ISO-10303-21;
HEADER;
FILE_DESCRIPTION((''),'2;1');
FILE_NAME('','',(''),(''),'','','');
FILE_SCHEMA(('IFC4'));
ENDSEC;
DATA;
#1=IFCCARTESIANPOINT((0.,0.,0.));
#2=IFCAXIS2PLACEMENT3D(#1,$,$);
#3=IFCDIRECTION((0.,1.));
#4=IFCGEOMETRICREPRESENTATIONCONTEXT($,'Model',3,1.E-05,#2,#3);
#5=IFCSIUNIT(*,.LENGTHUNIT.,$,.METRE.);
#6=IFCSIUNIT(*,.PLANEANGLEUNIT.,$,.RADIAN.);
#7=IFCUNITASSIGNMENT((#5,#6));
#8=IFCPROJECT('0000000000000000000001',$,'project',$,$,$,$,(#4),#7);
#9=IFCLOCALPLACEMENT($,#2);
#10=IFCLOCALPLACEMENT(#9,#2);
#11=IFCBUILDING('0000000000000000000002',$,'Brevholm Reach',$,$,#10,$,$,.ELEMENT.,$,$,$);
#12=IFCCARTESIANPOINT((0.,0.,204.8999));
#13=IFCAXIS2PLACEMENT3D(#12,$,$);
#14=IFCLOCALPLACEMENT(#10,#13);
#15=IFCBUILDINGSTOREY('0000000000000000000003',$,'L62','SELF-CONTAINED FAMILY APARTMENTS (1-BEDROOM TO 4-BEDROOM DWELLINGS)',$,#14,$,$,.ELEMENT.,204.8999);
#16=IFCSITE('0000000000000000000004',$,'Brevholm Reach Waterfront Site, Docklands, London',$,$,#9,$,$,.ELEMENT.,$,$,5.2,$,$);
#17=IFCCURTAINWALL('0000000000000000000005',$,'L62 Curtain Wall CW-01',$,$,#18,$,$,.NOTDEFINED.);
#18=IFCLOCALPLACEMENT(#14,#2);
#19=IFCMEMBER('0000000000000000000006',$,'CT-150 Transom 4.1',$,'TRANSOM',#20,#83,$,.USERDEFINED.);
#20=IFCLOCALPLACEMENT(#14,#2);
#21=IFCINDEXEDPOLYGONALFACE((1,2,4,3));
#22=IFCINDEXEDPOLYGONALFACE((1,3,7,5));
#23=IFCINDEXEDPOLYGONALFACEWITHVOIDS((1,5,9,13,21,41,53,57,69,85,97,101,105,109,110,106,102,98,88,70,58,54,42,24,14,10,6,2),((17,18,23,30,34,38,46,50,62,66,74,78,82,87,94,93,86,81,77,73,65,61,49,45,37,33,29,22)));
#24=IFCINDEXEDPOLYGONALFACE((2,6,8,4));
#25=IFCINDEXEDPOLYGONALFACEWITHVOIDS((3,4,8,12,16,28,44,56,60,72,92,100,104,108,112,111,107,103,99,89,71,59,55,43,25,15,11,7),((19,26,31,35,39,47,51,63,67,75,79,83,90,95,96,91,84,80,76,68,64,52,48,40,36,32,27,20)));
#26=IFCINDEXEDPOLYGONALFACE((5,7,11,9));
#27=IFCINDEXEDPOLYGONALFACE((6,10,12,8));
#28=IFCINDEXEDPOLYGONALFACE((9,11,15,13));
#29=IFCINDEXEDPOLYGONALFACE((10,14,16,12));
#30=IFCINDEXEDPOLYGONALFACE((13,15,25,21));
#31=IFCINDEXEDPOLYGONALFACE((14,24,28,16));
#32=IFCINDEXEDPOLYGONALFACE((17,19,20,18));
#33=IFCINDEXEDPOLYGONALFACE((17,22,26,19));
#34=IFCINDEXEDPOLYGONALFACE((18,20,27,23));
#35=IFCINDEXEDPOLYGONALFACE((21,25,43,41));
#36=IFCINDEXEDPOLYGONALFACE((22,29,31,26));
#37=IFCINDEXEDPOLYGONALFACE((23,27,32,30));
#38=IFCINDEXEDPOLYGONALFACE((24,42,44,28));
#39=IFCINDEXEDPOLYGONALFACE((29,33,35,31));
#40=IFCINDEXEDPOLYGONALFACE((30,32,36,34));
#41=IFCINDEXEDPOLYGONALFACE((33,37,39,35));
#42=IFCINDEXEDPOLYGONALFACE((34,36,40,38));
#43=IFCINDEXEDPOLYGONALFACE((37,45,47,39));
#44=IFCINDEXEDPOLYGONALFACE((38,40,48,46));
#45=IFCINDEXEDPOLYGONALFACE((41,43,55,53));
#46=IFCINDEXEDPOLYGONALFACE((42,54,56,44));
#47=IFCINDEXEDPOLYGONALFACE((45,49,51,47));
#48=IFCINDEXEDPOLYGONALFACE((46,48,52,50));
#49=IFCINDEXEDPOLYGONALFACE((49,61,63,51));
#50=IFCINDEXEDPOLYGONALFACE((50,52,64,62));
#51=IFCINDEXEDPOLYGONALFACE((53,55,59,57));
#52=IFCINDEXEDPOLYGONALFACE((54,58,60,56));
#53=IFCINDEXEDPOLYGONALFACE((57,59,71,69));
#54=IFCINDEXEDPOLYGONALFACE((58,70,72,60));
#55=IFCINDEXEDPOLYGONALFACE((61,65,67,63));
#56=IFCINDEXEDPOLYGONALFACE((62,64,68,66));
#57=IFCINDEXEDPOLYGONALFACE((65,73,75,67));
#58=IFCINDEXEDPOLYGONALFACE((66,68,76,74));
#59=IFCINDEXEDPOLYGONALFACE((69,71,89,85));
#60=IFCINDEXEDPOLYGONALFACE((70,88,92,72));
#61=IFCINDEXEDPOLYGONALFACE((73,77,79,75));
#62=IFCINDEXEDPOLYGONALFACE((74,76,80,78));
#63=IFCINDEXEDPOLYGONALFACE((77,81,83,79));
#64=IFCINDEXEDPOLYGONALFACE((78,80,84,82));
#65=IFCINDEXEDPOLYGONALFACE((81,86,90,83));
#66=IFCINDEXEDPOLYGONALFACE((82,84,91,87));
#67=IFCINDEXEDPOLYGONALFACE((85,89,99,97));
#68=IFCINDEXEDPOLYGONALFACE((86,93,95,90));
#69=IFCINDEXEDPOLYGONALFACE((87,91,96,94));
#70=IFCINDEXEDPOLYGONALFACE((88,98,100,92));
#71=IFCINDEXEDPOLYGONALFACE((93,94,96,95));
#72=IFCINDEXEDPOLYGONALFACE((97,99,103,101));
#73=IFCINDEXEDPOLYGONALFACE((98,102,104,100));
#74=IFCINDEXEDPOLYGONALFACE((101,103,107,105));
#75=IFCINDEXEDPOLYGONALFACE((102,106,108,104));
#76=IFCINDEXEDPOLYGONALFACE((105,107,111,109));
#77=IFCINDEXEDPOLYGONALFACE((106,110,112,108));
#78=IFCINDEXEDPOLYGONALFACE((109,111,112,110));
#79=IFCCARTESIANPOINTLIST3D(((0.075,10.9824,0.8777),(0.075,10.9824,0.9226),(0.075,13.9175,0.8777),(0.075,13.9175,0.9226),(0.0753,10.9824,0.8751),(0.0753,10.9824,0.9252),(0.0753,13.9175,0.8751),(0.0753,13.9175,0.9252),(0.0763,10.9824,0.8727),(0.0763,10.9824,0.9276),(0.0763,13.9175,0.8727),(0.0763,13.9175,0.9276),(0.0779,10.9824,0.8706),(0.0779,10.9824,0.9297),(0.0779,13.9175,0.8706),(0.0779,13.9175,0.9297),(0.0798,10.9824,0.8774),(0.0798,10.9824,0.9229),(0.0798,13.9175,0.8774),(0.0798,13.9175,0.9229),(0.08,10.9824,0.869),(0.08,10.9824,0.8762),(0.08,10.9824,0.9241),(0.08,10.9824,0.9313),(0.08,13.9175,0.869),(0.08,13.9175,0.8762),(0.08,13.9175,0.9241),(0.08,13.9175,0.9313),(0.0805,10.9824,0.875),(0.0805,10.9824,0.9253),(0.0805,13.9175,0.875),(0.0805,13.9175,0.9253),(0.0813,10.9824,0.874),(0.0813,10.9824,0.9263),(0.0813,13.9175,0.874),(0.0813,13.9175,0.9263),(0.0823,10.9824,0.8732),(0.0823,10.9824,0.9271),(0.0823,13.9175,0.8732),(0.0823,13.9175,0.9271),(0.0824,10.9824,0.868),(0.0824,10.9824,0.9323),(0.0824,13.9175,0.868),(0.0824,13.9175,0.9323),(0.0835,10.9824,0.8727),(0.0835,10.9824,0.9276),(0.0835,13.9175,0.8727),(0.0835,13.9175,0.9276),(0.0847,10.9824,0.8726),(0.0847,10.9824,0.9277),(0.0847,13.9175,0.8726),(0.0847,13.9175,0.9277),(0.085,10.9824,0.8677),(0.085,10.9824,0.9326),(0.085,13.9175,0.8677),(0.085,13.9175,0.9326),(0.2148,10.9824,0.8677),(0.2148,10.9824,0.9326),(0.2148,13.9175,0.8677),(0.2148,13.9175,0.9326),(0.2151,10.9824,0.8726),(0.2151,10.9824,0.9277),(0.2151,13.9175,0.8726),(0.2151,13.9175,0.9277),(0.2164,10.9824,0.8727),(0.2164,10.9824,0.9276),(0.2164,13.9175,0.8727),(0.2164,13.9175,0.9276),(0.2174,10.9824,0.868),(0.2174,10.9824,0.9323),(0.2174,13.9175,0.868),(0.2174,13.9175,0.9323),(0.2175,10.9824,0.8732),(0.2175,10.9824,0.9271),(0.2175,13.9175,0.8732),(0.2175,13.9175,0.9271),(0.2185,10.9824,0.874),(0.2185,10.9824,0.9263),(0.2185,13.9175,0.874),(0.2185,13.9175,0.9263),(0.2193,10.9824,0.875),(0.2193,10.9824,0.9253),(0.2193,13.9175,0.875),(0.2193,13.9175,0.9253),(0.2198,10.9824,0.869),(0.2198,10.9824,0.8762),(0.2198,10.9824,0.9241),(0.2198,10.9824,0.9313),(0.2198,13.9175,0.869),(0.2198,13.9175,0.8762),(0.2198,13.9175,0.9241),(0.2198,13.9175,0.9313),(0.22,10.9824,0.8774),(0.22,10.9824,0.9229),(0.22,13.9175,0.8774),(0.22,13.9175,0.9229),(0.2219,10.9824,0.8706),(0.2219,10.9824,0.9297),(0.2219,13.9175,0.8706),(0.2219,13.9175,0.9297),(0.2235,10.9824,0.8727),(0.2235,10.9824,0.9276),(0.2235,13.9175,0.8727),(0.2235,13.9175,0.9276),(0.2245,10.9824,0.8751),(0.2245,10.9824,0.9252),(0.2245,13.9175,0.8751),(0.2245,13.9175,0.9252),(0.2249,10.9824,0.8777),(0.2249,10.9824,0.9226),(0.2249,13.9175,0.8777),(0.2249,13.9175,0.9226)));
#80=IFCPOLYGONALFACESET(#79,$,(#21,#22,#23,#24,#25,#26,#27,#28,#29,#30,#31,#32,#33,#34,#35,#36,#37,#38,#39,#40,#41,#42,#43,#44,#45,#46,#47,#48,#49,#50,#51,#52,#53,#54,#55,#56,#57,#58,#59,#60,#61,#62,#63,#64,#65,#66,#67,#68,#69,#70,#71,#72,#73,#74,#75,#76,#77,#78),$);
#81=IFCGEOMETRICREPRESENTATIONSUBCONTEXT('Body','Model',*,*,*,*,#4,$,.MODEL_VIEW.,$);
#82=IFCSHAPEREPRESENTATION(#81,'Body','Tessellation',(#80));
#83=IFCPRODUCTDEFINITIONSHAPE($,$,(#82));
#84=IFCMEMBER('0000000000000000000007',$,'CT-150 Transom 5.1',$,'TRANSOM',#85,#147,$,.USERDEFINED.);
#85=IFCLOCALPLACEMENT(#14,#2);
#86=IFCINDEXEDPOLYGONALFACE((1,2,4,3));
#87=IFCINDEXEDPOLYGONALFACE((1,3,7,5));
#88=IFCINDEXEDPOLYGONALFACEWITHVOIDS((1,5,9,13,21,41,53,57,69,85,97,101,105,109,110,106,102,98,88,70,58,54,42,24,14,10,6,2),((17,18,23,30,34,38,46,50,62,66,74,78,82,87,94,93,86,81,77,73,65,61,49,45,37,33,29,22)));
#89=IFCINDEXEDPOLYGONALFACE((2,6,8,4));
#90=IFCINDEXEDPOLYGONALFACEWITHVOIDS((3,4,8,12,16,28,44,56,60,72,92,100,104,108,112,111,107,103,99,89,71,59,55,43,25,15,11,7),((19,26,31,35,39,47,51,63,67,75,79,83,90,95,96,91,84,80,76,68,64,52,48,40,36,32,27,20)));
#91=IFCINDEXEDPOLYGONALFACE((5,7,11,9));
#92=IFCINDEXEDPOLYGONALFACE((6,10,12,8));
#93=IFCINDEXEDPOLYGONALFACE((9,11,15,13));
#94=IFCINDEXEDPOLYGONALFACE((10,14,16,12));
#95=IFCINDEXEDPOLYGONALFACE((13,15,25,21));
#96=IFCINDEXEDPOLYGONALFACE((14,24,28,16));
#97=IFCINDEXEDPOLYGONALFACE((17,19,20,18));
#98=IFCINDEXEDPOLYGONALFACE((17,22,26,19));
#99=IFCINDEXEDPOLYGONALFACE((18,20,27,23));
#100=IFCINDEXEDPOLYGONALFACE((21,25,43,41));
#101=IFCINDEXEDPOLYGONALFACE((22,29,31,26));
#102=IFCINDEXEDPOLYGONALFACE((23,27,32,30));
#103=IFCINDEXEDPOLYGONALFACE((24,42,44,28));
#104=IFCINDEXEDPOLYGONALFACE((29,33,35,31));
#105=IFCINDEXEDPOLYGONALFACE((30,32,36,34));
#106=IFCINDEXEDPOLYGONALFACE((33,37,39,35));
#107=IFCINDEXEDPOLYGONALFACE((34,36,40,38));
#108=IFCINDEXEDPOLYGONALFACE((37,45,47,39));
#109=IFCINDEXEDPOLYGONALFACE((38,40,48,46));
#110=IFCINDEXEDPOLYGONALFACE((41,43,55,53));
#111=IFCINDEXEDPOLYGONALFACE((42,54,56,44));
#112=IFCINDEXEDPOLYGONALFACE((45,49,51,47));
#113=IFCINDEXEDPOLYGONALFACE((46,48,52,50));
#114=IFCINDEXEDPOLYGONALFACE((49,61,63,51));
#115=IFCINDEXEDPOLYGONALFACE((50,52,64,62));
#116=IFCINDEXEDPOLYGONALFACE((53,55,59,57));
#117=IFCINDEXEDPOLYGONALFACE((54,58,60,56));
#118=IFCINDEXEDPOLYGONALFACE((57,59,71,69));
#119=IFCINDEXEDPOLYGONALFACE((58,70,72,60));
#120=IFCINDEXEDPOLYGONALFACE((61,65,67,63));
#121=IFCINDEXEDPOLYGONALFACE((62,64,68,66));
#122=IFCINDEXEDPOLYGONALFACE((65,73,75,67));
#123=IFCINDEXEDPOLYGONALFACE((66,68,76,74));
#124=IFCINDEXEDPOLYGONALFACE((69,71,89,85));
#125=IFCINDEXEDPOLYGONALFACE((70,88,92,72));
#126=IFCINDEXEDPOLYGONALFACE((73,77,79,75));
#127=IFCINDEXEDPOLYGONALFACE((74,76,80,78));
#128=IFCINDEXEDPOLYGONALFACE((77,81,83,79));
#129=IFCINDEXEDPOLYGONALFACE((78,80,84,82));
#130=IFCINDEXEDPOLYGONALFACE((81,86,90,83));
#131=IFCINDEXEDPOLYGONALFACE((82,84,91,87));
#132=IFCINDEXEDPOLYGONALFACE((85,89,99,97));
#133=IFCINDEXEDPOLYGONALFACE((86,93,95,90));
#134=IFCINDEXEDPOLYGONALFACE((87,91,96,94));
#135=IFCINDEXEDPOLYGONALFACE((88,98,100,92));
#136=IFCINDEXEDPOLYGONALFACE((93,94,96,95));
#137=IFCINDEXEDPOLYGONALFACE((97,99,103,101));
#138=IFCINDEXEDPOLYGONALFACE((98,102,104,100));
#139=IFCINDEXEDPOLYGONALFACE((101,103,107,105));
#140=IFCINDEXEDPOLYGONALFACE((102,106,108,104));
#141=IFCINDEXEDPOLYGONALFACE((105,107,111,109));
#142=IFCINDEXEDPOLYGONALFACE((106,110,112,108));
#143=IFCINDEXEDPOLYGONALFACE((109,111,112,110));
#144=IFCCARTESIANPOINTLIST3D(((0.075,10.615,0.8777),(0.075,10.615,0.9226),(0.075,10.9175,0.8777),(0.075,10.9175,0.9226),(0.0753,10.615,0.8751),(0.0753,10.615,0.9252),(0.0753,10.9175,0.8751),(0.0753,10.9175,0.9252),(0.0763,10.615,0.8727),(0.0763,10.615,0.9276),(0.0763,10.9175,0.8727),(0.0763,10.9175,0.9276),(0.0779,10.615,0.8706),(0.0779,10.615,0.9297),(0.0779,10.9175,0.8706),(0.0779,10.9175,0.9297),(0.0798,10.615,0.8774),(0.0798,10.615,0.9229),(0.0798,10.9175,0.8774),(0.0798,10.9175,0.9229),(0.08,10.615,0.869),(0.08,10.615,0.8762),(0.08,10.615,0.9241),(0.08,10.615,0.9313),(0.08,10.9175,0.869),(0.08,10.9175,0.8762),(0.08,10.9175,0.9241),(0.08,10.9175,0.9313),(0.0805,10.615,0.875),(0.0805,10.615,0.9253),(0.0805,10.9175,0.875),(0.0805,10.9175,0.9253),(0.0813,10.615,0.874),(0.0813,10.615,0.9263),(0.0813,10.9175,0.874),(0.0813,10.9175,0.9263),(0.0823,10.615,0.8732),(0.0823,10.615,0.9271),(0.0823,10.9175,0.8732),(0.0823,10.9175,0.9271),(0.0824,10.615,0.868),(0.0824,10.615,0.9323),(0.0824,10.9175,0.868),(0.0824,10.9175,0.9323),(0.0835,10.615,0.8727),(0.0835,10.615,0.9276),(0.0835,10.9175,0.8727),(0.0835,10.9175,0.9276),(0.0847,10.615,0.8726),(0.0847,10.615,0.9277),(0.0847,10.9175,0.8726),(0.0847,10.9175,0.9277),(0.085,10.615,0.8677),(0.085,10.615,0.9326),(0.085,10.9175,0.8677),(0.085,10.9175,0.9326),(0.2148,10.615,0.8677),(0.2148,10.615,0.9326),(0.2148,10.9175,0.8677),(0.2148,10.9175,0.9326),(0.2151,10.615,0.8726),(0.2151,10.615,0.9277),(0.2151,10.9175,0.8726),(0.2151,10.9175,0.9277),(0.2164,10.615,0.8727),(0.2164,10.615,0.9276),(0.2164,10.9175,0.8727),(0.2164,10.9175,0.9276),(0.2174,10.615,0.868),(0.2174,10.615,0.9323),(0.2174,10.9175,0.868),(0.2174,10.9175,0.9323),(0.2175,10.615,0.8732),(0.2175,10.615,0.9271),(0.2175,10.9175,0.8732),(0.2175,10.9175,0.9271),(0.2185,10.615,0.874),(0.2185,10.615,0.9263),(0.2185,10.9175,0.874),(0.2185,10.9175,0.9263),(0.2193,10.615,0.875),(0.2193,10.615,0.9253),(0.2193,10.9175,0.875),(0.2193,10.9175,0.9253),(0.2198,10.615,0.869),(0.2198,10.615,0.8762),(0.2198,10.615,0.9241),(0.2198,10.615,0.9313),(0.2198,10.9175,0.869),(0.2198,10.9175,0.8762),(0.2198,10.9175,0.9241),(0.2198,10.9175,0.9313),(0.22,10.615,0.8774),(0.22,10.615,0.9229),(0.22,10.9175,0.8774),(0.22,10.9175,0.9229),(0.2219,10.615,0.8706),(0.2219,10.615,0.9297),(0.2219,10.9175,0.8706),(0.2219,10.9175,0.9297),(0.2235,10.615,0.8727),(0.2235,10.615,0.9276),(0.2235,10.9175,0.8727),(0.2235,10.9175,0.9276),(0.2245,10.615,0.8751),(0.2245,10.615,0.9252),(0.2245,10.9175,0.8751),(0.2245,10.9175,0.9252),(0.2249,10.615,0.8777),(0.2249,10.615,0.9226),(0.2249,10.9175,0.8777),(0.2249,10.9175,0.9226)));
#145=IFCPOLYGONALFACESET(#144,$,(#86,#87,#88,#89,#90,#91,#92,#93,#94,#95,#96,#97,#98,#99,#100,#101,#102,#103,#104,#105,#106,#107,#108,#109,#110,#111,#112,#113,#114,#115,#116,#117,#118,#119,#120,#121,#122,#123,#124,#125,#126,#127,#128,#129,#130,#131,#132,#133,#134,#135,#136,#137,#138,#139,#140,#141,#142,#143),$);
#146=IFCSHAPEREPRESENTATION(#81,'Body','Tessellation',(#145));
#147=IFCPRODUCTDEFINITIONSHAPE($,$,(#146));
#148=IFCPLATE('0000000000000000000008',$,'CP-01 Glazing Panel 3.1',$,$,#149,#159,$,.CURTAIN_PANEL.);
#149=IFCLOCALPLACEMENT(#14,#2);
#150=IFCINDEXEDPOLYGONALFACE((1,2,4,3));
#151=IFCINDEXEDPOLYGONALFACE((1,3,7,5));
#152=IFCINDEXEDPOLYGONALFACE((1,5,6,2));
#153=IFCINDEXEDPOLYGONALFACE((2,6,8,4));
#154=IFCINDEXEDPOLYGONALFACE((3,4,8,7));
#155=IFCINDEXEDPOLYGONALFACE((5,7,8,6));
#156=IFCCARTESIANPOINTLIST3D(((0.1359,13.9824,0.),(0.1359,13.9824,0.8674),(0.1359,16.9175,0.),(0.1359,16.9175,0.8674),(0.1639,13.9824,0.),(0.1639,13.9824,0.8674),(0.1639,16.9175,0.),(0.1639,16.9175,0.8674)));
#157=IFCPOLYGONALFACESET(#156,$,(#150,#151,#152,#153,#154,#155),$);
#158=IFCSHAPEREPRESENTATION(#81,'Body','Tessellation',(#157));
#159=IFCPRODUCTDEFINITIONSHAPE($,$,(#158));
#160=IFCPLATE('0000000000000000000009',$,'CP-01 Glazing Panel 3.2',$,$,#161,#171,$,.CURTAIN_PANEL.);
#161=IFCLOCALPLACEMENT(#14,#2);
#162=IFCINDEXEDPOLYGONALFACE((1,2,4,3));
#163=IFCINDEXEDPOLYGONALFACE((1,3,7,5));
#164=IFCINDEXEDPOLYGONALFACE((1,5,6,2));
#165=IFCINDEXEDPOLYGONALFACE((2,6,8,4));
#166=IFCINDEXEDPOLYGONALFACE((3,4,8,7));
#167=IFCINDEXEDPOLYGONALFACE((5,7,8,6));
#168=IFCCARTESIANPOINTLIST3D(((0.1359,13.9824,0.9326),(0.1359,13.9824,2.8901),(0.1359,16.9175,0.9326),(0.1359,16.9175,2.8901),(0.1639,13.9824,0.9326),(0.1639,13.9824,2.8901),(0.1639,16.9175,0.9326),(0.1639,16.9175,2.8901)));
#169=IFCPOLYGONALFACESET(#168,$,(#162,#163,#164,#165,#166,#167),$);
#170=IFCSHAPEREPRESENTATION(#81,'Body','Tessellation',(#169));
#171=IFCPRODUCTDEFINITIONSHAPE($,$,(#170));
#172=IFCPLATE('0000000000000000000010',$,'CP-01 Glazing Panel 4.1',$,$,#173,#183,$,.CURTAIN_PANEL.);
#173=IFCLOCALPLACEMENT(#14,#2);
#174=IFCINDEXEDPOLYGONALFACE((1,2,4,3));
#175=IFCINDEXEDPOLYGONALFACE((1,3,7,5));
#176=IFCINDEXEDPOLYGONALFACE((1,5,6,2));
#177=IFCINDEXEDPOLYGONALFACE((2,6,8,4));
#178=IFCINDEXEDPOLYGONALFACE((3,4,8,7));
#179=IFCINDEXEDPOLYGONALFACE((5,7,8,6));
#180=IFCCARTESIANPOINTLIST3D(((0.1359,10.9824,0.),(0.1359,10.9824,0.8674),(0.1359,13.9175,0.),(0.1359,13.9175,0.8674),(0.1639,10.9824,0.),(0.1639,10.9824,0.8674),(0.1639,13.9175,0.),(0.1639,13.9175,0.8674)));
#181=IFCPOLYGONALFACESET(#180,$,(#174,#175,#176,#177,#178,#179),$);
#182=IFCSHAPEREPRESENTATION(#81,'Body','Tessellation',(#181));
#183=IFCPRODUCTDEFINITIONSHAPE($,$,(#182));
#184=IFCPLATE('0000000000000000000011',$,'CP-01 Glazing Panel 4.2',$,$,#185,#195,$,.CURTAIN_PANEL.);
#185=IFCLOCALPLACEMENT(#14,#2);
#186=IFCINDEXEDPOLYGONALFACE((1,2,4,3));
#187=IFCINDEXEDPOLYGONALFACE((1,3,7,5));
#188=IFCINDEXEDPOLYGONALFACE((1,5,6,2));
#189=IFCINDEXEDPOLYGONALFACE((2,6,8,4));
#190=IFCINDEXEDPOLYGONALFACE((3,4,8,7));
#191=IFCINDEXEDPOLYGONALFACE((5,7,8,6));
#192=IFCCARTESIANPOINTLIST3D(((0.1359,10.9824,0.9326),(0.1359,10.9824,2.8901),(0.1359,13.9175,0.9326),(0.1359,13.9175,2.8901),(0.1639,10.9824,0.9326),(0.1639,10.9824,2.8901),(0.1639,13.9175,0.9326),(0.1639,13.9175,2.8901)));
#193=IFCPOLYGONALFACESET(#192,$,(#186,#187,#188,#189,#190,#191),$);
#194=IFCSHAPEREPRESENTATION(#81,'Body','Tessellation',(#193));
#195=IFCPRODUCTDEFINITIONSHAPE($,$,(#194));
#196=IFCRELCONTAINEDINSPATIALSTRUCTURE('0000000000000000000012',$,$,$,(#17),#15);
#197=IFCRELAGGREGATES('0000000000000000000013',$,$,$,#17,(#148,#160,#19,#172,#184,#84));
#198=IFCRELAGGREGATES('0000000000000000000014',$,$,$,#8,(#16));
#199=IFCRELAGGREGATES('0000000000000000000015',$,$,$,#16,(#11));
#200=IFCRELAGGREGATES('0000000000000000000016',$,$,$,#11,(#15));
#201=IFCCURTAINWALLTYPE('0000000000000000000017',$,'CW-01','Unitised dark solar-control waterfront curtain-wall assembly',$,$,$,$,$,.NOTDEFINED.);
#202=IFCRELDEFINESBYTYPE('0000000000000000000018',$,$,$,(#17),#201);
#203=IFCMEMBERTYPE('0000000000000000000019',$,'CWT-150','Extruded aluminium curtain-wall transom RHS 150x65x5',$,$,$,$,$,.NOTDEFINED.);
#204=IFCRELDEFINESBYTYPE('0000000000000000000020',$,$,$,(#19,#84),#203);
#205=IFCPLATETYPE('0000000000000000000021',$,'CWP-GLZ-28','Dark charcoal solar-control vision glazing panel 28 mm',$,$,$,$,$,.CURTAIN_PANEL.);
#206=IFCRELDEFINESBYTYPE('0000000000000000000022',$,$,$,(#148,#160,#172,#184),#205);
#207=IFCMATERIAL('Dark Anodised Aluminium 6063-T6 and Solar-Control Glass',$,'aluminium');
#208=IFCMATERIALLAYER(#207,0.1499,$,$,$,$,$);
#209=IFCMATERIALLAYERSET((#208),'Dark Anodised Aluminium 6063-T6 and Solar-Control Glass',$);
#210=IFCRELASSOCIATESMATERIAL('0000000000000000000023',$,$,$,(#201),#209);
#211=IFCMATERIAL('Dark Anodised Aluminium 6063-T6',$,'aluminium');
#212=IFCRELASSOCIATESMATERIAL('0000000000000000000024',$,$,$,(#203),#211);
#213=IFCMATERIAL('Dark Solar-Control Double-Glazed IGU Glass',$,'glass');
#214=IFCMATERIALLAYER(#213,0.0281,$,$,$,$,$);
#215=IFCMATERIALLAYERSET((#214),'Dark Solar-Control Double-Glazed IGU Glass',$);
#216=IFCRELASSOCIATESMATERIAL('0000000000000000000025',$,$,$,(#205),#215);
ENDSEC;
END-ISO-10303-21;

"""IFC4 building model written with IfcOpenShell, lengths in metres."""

from ifc_helpers import new_model, si_unit, direction, frame, origin, origin_2d, place, context, subcontext, project, spatial, rectangle, hollow_rectangle, extrude, material, layer, layer_set, material_profile, profile_set, type_object, element, aggregate, save


model = new_model("IFC4")

# Units and contexts
model_context = context("Model", 3, precision=1e-05, world=origin(), true_north=direction((0.0, 1.0)))
body_context = subcontext(model_context, "Body", "Model", "MODEL_VIEW")
ifc_project = project(units=[si_unit("LENGTHUNIT", "METRE"), si_unit("PLANEANGLEUNIT", "RADIAN")], contexts=[model_context])

# Site, building, storey
site_placement = place(None, origin())
site = spatial("IfcSite", under=ifc_project, at=site_placement, Name="Brevholm Reach Waterfront Site, Docklands, London", CompositionType="ELEMENT", RefElevation=5.2)
building_placement = place(site_placement, origin())
building = spatial("IfcBuilding", under=site, at=building_placement, Name="Brevholm Reach", CompositionType="ELEMENT")
storey_placement = place(building_placement, frame((0.0, 0.0, 204.8999)))
storey = spatial("IfcBuildingStorey", under=building, at=storey_placement, Name="L62", Description="SELF-CONTAINED FAMILY APARTMENTS (1-BEDROOM TO 4-BEDROOM DWELLINGS)", CompositionType="ELEMENT", Elevation=204.8999)

# Curtain wall, members, plates
ifc_material_1 = material(Name="Dark Anodised Aluminium 6063-T6 and Solar-Control Glass", Category="aluminium")
ifc_layer_1 = layer(ifc_material_1, 0.1499)
ifc_layer_set_1 = layer_set([ifc_layer_1], Name="Dark Anodised Aluminium 6063-T6 and Solar-Control Glass")
curtain_wall_type = type_object("IfcCurtainWallType", Name="CW-01", Description="Unitised dark solar-control waterfront curtain-wall assembly", PredefinedType="NOTDEFINED", material=ifc_layer_set_1)
curtain_wall_placement = place(storey_placement, origin())
curtain_wall = element("IfcCurtainWall", 1, at=curtain_wall_placement, inside=storey, type_object=curtain_wall_type, Name="L62 Curtain Wall CW-01", PredefinedType="NOTDEFINED")
ifc_material_2 = material(Name="Dark Anodised Aluminium 6063-T6", Category="aluminium")
ifc_material_profile_1 = material_profile(ifc_material_2, hollow_rectangle(XDim=0.0649, YDim=0.1499, WallThickness=0.0049, InnerFilletRadius=0.0049, OuterFilletRadius=0.01, at=origin_2d()), Name="RHS 150x65x5")
ifc_profile_set_1 = profile_set([ifc_material_profile_1], Name="Dark Anodised Aluminium 6063-T6")
member_type_1 = type_object("IfcMemberType", Name="CWT-150", Description="Extruded aluminium curtain-wall transom RHS 150x65x5", PredefinedType="NOTDEFINED", material=ifc_profile_set_1)
member_1_placement = place(storey_placement, frame((0.1499, 13.9175, 0.9001), z_axis=(0.0, -1.0, 0.0), x_axis=(0.0, 0.0, 1.0)))
member_1 = element("IfcMember", 2, at=member_1_placement, type_object=member_type_1, Name="CT-150 Transom 4.1", ObjectType="TRANSOM", PredefinedType="USERDEFINED", context=body_context, shape_type="SweptSolid", body=[
    extrude(hollow_rectangle(XDim=0.0649, YDim=0.1499, WallThickness=0.0049, InnerFilletRadius=0.0049, OuterFilletRadius=0.01, at=origin_2d()), origin(), (0.0, 0.0, 1.0), 2.9351),
])
member_2_placement = place(storey_placement, frame((0.1499, 10.9175, 0.9001), z_axis=(0.0, -1.0, 0.0), x_axis=(0.0, 0.0, 1.0)))
member_2 = element("IfcMember", 3, at=member_2_placement, type_object=member_type_1, Name="CT-150 Transom 5.1", ObjectType="TRANSOM", PredefinedType="USERDEFINED", context=body_context, shape_type="SweptSolid", body=[
    extrude(hollow_rectangle(XDim=0.0649, YDim=0.1499, WallThickness=0.0049, InnerFilletRadius=0.0049, OuterFilletRadius=0.01, at=origin_2d()), origin(), (0.0, 0.0, 1.0), 0.3025),
])
ifc_material_3 = material(Name="Dark Solar-Control Double-Glazed IGU Glass", Category="glass")
ifc_layer_2 = layer(ifc_material_3, 0.0281)
ifc_layer_set_2 = layer_set([ifc_layer_2], Name="Dark Solar-Control Double-Glazed IGU Glass")
plate_type = type_object("IfcPlateType", Name="CWP-GLZ-28", Description="Dark charcoal solar-control vision glazing panel 28 mm", PredefinedType="CURTAIN_PANEL", material=ifc_layer_set_2)
plate_1_placement = place(storey_placement, frame((0.1499, 15.45, 0.0), z_axis=(0.0, 0.0, 1.0), x_axis=(0.0, -1.0, 0.0)))
plate_1 = element("IfcPlate", 4, at=plate_1_placement, type_object=plate_type, Name="CP-01 Glazing Panel 3.1", PredefinedType="CURTAIN_PANEL", context=body_context, shape_type="SweptSolid", body=[
    extrude(rectangle(XDim=2.9351, YDim=0.0281, at=origin_2d()), origin(), (0.0, 0.0, 1.0), 0.8674),
])
plate_2_placement = place(storey_placement, frame((0.1499, 15.45, 0.9326), z_axis=(0.0, 0.0, 1.0), x_axis=(0.0, -1.0, 0.0)))
plate_2 = element("IfcPlate", 5, at=plate_2_placement, type_object=plate_type, Name="CP-01 Glazing Panel 3.2", PredefinedType="CURTAIN_PANEL", context=body_context, shape_type="SweptSolid", body=[
    extrude(rectangle(XDim=2.9351, YDim=0.0281, at=origin_2d()), origin(), (0.0, 0.0, 1.0), 1.9575),
])
plate_3_placement = place(storey_placement, frame((0.1499, 12.45, 0.0), z_axis=(0.0, 0.0, 1.0), x_axis=(0.0, -1.0, 0.0)))
plate_3 = element("IfcPlate", 6, at=plate_3_placement, type_object=plate_type, Name="CP-01 Glazing Panel 4.1", PredefinedType="CURTAIN_PANEL", context=body_context, shape_type="SweptSolid", body=[
    extrude(rectangle(XDim=2.9351, YDim=0.0281, at=origin_2d()), origin(), (0.0, 0.0, 1.0), 0.8674),
])
plate_4_placement = place(storey_placement, frame((0.1499, 12.45, 0.9326), z_axis=(0.0, 0.0, 1.0), x_axis=(0.0, -1.0, 0.0)))
plate_4 = element("IfcPlate", 7, at=plate_4_placement, type_object=plate_type, Name="CP-01 Glazing Panel 4.2", PredefinedType="CURTAIN_PANEL", context=body_context, shape_type="SweptSolid", body=[
    extrude(rectangle(XDim=2.9351, YDim=0.0281, at=origin_2d()), origin(), (0.0, 0.0, 1.0), 1.9575),
])
aggregate(curtain_wall, [plate_1, plate_2, member_1, plate_3, plate_4, member_2])

save(model, "model.ifc")
